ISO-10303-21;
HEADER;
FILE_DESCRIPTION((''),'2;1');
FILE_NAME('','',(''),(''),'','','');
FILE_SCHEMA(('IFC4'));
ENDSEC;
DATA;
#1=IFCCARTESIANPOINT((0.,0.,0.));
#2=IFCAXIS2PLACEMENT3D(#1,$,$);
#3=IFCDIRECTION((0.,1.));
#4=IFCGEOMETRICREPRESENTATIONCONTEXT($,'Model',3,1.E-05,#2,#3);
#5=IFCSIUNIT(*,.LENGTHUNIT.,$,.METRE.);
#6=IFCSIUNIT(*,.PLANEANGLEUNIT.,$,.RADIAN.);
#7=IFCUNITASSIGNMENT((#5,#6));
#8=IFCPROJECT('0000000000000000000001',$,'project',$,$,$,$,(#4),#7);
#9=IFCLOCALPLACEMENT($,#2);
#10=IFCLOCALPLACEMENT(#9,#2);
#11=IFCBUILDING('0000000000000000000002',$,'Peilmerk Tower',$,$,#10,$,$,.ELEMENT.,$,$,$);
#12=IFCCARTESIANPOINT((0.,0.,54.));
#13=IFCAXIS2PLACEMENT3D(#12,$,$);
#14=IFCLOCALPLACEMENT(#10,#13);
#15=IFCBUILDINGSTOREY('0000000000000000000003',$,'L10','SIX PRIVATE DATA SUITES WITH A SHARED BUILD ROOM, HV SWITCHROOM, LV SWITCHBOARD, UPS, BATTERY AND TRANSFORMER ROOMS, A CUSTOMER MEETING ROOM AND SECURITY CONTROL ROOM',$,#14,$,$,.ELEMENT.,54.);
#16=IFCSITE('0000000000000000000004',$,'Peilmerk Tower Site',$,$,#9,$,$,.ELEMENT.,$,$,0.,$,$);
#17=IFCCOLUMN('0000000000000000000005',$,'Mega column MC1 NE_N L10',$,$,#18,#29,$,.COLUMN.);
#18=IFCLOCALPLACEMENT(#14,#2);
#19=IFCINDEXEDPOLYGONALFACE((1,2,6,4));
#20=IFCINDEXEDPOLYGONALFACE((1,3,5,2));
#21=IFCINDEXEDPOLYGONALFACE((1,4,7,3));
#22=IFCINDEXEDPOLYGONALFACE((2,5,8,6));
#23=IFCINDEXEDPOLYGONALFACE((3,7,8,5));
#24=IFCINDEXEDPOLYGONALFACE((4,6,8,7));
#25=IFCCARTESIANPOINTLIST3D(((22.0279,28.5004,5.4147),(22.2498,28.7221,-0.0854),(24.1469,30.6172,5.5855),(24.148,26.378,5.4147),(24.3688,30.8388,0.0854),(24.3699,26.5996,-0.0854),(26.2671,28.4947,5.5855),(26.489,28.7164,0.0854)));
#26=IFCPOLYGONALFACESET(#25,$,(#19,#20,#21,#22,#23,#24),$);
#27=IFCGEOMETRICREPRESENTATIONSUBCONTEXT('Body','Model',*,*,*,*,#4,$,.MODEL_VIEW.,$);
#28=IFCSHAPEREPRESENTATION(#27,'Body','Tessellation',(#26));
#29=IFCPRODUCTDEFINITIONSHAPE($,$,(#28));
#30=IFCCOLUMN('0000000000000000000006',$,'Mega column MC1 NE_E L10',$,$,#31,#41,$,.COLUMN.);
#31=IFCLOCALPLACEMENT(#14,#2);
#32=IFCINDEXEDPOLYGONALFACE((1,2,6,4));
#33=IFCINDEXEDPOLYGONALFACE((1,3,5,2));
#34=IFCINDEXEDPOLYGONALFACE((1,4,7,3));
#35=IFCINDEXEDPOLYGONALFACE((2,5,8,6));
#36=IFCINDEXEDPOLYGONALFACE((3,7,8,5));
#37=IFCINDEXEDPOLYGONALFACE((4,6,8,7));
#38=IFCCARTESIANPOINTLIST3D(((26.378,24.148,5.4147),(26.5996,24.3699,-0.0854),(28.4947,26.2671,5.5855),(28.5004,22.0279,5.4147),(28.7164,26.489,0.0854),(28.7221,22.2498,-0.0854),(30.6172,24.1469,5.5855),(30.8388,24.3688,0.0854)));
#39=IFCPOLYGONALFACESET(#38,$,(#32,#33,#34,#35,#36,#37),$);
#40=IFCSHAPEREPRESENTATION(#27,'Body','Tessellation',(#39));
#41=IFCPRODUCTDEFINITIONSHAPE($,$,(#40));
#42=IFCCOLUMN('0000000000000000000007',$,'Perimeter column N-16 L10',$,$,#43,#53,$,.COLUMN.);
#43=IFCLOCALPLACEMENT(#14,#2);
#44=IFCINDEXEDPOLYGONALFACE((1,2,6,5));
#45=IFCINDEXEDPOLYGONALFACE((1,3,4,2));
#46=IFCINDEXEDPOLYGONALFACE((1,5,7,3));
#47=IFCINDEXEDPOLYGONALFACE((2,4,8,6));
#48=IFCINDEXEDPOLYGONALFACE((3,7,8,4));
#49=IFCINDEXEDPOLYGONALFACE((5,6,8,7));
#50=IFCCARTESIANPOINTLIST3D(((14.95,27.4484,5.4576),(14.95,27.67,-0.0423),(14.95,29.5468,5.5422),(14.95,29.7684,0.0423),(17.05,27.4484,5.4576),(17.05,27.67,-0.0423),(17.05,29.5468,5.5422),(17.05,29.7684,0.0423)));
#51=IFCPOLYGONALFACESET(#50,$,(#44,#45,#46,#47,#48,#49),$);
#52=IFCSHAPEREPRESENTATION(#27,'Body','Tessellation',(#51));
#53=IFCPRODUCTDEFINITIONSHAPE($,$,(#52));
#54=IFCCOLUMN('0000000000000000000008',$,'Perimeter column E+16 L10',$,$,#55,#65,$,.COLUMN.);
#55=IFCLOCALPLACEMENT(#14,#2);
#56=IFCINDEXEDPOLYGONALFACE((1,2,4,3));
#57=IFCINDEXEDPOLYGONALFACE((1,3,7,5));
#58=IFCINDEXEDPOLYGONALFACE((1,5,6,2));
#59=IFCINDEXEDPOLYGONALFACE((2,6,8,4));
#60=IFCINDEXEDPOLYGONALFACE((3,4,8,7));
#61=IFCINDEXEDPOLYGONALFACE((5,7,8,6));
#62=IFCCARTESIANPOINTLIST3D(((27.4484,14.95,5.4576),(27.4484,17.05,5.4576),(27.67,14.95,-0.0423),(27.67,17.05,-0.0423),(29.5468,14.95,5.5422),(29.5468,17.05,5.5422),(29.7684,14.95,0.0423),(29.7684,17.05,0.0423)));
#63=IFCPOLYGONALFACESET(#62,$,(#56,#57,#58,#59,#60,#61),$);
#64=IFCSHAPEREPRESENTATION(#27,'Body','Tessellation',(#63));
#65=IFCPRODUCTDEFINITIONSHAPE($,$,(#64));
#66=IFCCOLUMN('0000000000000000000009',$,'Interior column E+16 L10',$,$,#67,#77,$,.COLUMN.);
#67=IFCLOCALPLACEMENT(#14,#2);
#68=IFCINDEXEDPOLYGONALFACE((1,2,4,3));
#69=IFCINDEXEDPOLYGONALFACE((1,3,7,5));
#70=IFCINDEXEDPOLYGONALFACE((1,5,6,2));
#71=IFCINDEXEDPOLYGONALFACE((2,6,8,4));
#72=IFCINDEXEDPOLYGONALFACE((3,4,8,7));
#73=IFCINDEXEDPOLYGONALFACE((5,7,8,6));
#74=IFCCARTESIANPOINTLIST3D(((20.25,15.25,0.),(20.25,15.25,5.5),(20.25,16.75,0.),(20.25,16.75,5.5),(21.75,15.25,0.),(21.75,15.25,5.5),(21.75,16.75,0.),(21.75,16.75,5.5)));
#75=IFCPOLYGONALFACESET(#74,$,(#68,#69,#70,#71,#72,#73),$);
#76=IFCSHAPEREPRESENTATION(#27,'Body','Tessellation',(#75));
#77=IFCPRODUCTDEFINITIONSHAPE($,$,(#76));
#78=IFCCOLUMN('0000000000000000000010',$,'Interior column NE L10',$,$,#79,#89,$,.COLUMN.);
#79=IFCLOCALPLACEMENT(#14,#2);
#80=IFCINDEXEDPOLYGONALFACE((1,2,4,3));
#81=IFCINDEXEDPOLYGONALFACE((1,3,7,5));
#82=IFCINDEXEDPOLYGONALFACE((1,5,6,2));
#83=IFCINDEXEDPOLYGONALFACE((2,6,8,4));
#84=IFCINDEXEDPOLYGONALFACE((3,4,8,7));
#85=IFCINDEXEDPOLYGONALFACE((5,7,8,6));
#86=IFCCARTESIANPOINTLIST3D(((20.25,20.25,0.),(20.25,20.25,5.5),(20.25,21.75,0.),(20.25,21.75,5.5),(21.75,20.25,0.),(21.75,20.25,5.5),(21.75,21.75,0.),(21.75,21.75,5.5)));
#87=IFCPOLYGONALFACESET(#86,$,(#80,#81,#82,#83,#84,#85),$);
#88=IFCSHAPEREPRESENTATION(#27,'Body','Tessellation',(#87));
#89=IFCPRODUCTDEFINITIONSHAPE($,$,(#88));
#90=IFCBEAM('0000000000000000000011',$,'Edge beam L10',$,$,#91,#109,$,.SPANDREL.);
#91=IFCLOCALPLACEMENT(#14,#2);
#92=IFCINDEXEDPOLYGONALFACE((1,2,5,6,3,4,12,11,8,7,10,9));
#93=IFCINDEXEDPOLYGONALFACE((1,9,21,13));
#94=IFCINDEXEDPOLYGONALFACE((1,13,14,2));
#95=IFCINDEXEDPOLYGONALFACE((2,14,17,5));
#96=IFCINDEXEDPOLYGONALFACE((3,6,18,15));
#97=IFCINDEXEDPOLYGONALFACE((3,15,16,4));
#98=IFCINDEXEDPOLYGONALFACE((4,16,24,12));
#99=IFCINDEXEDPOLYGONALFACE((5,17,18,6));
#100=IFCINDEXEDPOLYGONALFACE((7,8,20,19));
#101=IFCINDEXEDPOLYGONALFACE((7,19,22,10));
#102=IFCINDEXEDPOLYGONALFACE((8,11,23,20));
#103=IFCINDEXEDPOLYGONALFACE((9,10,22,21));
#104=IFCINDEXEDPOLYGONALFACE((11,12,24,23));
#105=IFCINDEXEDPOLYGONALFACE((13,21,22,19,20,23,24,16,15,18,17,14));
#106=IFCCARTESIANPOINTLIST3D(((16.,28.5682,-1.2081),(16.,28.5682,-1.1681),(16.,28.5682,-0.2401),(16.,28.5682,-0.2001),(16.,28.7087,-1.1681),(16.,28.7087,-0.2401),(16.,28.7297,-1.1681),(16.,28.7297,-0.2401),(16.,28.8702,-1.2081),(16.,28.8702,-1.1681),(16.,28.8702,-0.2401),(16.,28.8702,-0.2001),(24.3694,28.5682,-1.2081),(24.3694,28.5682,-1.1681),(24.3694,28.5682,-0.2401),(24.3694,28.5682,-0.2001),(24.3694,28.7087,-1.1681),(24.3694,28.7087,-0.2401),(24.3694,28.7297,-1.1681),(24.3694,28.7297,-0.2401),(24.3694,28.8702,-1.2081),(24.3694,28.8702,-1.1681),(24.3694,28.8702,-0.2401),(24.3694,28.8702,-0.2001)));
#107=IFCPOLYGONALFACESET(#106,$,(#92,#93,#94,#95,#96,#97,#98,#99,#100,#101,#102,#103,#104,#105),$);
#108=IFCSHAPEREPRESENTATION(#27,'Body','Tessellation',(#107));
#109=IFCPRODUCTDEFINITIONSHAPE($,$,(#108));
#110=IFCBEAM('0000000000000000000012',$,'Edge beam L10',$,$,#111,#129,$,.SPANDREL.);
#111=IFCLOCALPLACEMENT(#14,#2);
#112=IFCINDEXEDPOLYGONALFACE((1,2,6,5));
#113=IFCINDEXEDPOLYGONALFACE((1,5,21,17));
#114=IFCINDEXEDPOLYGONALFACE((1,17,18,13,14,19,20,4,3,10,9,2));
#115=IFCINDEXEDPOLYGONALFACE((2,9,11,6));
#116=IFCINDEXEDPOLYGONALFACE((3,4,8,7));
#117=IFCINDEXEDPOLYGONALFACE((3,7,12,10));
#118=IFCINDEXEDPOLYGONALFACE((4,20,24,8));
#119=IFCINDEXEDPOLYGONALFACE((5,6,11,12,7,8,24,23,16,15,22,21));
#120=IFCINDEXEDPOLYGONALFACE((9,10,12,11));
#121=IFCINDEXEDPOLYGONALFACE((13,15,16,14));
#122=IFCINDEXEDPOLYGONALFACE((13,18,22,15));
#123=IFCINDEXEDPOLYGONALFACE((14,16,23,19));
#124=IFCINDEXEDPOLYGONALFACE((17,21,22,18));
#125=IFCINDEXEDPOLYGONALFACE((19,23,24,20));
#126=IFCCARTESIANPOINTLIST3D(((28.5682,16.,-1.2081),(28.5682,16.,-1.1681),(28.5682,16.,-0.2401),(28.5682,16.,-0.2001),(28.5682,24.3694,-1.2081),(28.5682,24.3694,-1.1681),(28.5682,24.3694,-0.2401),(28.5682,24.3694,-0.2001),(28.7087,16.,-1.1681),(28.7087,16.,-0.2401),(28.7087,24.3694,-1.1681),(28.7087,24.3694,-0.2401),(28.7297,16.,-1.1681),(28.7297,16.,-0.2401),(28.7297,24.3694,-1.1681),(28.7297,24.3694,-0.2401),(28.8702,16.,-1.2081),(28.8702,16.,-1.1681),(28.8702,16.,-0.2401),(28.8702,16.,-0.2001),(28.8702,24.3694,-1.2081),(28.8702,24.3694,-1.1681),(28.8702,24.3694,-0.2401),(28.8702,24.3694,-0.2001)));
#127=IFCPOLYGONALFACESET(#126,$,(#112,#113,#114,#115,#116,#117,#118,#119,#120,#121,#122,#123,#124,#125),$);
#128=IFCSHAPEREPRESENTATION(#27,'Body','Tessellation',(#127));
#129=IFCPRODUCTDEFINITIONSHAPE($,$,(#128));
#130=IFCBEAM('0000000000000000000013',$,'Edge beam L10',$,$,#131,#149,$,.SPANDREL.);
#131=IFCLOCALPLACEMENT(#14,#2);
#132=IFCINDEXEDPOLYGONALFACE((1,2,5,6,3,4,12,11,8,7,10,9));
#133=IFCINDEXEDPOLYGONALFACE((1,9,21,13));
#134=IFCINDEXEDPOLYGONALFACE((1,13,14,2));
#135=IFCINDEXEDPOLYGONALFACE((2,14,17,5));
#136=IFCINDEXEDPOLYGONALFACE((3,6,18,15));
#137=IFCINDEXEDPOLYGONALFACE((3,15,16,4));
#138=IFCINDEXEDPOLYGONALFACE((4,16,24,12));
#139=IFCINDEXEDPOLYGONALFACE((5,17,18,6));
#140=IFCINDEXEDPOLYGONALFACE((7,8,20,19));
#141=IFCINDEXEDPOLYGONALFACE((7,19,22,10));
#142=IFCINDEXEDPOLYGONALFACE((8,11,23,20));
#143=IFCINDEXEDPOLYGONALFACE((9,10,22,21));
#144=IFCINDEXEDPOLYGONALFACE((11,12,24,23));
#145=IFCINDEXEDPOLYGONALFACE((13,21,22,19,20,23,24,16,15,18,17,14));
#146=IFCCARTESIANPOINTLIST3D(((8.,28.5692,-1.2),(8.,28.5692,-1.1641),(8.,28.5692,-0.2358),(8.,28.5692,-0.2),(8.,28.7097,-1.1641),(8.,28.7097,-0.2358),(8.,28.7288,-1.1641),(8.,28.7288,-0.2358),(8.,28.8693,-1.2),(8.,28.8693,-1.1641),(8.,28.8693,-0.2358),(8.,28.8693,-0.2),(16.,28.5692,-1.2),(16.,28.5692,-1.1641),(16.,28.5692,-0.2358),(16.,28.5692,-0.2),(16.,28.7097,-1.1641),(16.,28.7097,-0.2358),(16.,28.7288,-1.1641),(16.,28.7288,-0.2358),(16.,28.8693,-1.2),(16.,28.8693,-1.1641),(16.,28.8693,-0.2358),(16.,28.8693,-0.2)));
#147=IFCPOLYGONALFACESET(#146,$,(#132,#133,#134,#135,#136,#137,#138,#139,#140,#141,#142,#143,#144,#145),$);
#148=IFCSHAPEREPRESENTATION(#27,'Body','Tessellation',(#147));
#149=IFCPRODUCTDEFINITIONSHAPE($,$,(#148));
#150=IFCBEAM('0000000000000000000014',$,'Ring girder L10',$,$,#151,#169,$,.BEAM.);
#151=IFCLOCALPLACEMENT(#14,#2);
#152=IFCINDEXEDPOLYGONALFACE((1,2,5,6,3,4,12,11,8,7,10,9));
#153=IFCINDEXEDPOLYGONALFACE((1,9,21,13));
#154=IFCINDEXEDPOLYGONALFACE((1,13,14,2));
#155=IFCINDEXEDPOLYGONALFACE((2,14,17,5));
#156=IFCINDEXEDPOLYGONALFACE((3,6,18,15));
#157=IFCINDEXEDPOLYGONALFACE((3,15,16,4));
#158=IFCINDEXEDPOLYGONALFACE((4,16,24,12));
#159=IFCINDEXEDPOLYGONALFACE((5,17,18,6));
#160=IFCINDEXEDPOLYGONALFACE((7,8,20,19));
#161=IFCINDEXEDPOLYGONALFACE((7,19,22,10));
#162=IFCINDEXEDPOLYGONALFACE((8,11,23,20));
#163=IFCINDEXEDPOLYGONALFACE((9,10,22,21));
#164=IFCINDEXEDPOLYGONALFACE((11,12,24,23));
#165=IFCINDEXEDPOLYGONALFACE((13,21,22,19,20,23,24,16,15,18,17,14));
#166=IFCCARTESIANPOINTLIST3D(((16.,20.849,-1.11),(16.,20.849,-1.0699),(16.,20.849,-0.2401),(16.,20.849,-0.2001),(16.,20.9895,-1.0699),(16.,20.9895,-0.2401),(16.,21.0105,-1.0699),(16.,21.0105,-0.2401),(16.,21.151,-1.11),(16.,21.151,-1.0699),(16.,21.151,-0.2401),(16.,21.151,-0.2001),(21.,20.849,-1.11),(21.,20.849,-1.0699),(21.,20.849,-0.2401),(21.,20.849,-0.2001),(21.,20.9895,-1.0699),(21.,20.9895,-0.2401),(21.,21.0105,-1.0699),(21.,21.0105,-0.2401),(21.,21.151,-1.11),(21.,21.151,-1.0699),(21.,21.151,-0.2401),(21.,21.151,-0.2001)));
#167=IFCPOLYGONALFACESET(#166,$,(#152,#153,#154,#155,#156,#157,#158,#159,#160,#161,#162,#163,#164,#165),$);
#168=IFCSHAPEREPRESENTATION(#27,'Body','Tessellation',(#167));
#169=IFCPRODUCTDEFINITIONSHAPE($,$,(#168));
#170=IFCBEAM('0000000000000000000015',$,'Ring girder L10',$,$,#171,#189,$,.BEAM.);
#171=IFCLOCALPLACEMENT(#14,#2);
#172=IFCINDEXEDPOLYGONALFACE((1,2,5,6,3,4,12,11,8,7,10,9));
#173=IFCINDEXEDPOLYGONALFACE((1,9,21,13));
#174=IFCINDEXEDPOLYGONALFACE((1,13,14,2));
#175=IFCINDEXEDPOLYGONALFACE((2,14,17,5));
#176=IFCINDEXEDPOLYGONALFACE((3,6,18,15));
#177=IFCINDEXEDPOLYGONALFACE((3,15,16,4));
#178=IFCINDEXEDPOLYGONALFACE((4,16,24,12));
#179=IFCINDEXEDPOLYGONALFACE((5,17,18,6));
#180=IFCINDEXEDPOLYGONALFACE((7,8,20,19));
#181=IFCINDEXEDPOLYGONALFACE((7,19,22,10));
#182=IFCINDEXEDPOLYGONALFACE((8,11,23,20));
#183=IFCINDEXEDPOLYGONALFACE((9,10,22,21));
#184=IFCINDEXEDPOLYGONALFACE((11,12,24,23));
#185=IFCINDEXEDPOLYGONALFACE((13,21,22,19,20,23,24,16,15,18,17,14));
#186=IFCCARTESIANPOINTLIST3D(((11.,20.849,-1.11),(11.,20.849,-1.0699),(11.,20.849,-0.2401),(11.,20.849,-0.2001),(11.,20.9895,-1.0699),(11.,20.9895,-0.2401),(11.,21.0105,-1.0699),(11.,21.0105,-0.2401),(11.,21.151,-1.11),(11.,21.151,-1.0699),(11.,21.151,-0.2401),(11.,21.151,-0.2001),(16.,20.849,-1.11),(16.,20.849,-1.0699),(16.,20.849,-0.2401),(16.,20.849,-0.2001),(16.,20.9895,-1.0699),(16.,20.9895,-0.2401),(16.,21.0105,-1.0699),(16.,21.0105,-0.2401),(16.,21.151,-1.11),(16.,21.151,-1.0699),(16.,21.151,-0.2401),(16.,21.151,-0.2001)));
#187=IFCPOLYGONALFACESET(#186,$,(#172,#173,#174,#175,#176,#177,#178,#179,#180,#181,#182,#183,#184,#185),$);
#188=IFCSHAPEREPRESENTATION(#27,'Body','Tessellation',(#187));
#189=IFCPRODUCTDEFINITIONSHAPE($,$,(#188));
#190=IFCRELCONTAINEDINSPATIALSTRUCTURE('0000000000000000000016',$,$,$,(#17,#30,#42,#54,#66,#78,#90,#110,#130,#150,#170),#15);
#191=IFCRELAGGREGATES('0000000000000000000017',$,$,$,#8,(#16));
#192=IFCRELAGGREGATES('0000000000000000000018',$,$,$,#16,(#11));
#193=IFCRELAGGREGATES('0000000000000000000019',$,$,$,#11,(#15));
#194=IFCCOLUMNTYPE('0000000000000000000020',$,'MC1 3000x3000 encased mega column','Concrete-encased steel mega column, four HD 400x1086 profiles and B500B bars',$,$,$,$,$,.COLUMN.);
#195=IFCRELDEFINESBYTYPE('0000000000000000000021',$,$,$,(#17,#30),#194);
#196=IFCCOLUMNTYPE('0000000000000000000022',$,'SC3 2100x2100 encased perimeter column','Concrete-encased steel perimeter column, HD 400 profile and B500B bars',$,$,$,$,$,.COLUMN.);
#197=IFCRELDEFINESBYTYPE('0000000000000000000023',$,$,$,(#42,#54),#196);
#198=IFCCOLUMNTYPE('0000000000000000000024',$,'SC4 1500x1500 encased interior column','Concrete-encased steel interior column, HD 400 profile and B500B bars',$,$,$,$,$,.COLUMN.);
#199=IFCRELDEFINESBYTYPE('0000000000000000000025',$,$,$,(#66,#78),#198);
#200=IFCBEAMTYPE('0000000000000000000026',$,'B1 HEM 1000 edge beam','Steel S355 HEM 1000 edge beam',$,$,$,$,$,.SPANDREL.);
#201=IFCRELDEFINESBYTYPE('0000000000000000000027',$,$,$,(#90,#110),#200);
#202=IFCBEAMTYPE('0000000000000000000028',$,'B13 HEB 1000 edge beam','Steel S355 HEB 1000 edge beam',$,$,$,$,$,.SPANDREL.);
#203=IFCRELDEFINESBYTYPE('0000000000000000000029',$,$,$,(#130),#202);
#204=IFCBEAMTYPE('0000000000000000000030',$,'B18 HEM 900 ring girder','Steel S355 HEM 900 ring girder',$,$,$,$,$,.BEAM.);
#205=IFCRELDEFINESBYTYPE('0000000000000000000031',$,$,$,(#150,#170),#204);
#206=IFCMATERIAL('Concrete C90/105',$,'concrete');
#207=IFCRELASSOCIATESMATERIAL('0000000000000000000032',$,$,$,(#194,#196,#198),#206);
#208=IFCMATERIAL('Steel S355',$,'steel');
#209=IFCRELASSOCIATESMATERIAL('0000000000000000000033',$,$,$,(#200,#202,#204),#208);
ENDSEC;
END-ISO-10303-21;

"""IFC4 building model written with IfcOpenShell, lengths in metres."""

from ifc_helpers import new_model, si_unit, direction, frame, origin, origin_2d, place, context, subcontext, project, spatial, rectangle, i_section, extrude, material, material_profile, profile_set, type_object, element, save


model = new_model("IFC4")

# Units and contexts
model_context = context("Model", 3, precision=1e-05, world=origin(), true_north=direction((0.0, 1.0)))
body_context = subcontext(model_context, "Body", "Model", "MODEL_VIEW")
ifc_project = project(units=[si_unit("LENGTHUNIT", "METRE"), si_unit("PLANEANGLEUNIT", "RADIAN")], contexts=[model_context])

# Site, building, storey
site_placement = place(None, origin())
site = spatial("IfcSite", under=ifc_project, at=site_placement, Name="Peilmerk Tower Site", CompositionType="ELEMENT", RefElevation=0.0)
building_placement = place(site_placement, origin())
building = spatial("IfcBuilding", under=site, at=building_placement, Name="Peilmerk Tower", CompositionType="ELEMENT")
storey_placement = place(building_placement, frame((0.0, 0.0, 54.0)))
storey = spatial("IfcBuildingStorey", under=building, at=storey_placement, Name="L10", Description="SIX PRIVATE DATA SUITES WITH A SHARED BUILD ROOM, HV SWITCHROOM, LV SWITCHBOARD, UPS, BATTERY AND TRANSFORMER ROOMS, A CUSTOMER MEETING ROOM AND SECURITY CONTROL ROOM", CompositionType="ELEMENT", Elevation=54.0)

# Columns
ifc_material_1 = material(Name="Concrete C90/105", Category="concrete")
ifc_material_profile_1 = material_profile(ifc_material_1, rectangle(XDim=3.0, YDim=3.0, at=origin_2d()), Name="RC 3000x3000")
ifc_profile_set_1 = profile_set([ifc_material_profile_1], Name="Concrete C90/105")
column_type_1 = type_object("IfcColumnType", Name="MC1 3000x3000 encased mega column", Description="Concrete-encased steel mega column, four HD 400x1086 profiles and B500B bars", PredefinedType="COLUMN", material=ifc_profile_set_1)
for number, where, z_axis, x_axis, name in (
    (1, (24.3694, 28.7192, 0.0), (-0.040284, -0.04024, 0.998378), (0.706718, -0.707496, 0.0), "Mega column MC1 NE_N L10"),
    (2, (28.7192, 24.3694, 0.0), (-0.04024, -0.040284, 0.998378), (0.707496, -0.706718, 0.0), "Mega column MC1 NE_E L10"),
):
    element("IfcColumn", number, at=place(storey_placement, frame(where, z_axis=z_axis, x_axis=x_axis)), inside=storey, type_object=column_type_1, Name=name, PredefinedType="COLUMN", context=body_context, shape_type="SweptSolid", body=[
        extrude(rectangle(XDim=3.0, YDim=3.0, at=origin_2d()), origin(), (0.0, 0.0, 1.0), 5.509),
    ])
ifc_material_profile_2 = material_profile(ifc_material_1, rectangle(XDim=2.1001, YDim=2.1001, at=origin_2d()), Name="RC 2100x2100")
ifc_profile_set_2 = profile_set([ifc_material_profile_2], Name="Concrete C90/105")
column_type_2 = type_object("IfcColumnType", Name="SC3 2100x2100 encased perimeter column", Description="Concrete-encased steel perimeter column, HD 400 profile and B500B bars", PredefinedType="COLUMN", material=ifc_profile_set_2)
for number, where, z_axis, x_axis, name in (
    (3, (16.0, 28.7192, 0.0), (0.0, -0.040273, 0.999189), (1.0, 0.0, 0.0), "Perimeter column N-16 L10"),
    (4, (28.7192, 16.0, 0.0), (-0.040273, 0.0, 0.999189), (0.0, -1.0, 0.0), "Perimeter column E+16 L10"),
):
    element("IfcColumn", number, at=place(storey_placement, frame(where, z_axis=z_axis, x_axis=x_axis)), inside=storey, type_object=column_type_2, Name=name, PredefinedType="COLUMN", context=body_context, shape_type="SweptSolid", body=[
        extrude(rectangle(XDim=2.1001, YDim=2.1001, at=origin_2d()), origin(), (0.0, 0.0, 1.0), 5.5044),
    ])
ifc_material_profile_3 = material_profile(ifc_material_1, rectangle(XDim=1.5, YDim=1.5, at=origin_2d()), Name="RC 1500x1500")
ifc_profile_set_3 = profile_set([ifc_material_profile_3], Name="Concrete C90/105")
column_type_3 = type_object("IfcColumnType", Name="SC4 1500x1500 encased interior column", Description="Concrete-encased steel interior column, HD 400 profile and B500B bars", PredefinedType="COLUMN", material=ifc_profile_set_3)
for number, where, z_axis, x_axis, name in (
    (5, (21.0, 16.0, 0.0), (0.0, 0.0, 1.0), (1.0, 0.0, 0.0), "Interior column E+16 L10"),
    (6, (21.0, 21.0, 0.0), (0.0, 0.0, 1.0), (1.0, 0.0, 0.0), "Interior column NE L10"),
):
    element("IfcColumn", number, at=place(storey_placement, frame(where, z_axis=z_axis, x_axis=x_axis)), inside=storey, type_object=column_type_3, Name=name, PredefinedType="COLUMN", context=body_context, shape_type="SweptSolid", body=[
        extrude(rectangle(XDim=1.5, YDim=1.5, at=origin_2d()), origin(), (0.0, 0.0, 1.0), 5.5),
    ])

# Beams
ifc_material_2 = material(Name="Steel S355", Category="steel")
ifc_material_profile_4 = material_profile(ifc_material_2, i_section(OverallWidth=0.302, OverallDepth=1.0081, WebThickness=0.021, FlangeThickness=0.04, at=origin_2d()), Name="HEM 1000")
ifc_profile_set_4 = profile_set([ifc_material_profile_4], Name="Steel S355")
beam_type_1 = type_object("IfcBeamType", Name="B1 HEM 1000 edge beam", Description="Steel S355 HEM 1000 edge beam", PredefinedType="SPANDREL", material=ifc_profile_set_4)
for number, where, z_axis, x_axis, name in (
    (7, (24.3694, 28.7192, -0.7041), (-1.0, 0.0, 0.0), (0.0, -1.0, 0.0), "Edge beam L10"),
    (8, (28.7192, 16.0, -0.7041), (0.0, 1.0, 0.0), (-1.0, 0.0, 0.0), "Edge beam L10"),
):
    element("IfcBeam", number, at=place(storey_placement, frame(where, z_axis=z_axis, x_axis=x_axis)), inside=storey, type_object=beam_type_1, Name=name, PredefinedType="SPANDREL", context=body_context, shape_type="SweptSolid", body=[
        extrude(i_section(OverallWidth=0.302, OverallDepth=1.0081, WebThickness=0.021, FlangeThickness=0.04, at=origin_2d()), origin(), (0.0, 0.0, 1.0), 8.3694),
    ])
ifc_material_profile_5 = material_profile(ifc_material_2, i_section(OverallWidth=0.3, OverallDepth=1.0, WebThickness=0.019, FlangeThickness=0.0359, at=origin_2d()), Name="HEB 1000")
ifc_profile_set_5 = profile_set([ifc_material_profile_5], Name="Steel S355")
beam_type_2 = type_object("IfcBeamType", Name="B13 HEB 1000 edge beam", Description="Steel S355 HEB 1000 edge beam", PredefinedType="SPANDREL", material=ifc_profile_set_5)
beam_1_placement = place(storey_placement, frame((16.0, 28.7192, -0.7), z_axis=(-1.0, 0.0, 0.0), x_axis=(0.0, -1.0, 0.0)))
element("IfcBeam", 9, at=beam_1_placement, inside=storey, type_object=beam_type_2, Name="Edge beam L10", PredefinedType="SPANDREL", context=body_context, shape_type="SweptSolid", body=[
    extrude(i_section(OverallWidth=0.3, OverallDepth=1.0, WebThickness=0.019, FlangeThickness=0.0359, at=origin_2d()), origin(), (0.0, 0.0, 1.0), 8.0),
])
ifc_material_profile_6 = material_profile(ifc_material_2, i_section(OverallWidth=0.302, OverallDepth=0.9099, WebThickness=0.021, FlangeThickness=0.04, at=origin_2d()), Name="HEM 900")
ifc_profile_set_6 = profile_set([ifc_material_profile_6], Name="Steel S355")
beam_type_3 = type_object("IfcBeamType", Name="B18 HEM 900 ring girder", Description="Steel S355 HEM 900 ring girder", PredefinedType="BEAM", material=ifc_profile_set_6)
for number, where, z_axis, x_axis, name in (
    (10, (21.0, 21.0, -0.655), (-1.0, 0.0, 0.0), (0.0, -1.0, 0.0), "Ring girder L10"),
    (11, (16.0, 21.0, -0.655), (-1.0, 0.0, 0.0), (0.0, -1.0, 0.0), "Ring girder L10"),
):
    element("IfcBeam", number, at=place(storey_placement, frame(where, z_axis=z_axis, x_axis=x_axis)), inside=storey, type_object=beam_type_3, Name=name, PredefinedType="BEAM", context=body_context, shape_type="SweptSolid", body=[
        extrude(i_section(OverallWidth=0.302, OverallDepth=0.9099, WebThickness=0.021, FlangeThickness=0.04, at=origin_2d()), origin(), (0.0, 0.0, 1.0), 5.0),
    ])

save(model, "model.ifc")
